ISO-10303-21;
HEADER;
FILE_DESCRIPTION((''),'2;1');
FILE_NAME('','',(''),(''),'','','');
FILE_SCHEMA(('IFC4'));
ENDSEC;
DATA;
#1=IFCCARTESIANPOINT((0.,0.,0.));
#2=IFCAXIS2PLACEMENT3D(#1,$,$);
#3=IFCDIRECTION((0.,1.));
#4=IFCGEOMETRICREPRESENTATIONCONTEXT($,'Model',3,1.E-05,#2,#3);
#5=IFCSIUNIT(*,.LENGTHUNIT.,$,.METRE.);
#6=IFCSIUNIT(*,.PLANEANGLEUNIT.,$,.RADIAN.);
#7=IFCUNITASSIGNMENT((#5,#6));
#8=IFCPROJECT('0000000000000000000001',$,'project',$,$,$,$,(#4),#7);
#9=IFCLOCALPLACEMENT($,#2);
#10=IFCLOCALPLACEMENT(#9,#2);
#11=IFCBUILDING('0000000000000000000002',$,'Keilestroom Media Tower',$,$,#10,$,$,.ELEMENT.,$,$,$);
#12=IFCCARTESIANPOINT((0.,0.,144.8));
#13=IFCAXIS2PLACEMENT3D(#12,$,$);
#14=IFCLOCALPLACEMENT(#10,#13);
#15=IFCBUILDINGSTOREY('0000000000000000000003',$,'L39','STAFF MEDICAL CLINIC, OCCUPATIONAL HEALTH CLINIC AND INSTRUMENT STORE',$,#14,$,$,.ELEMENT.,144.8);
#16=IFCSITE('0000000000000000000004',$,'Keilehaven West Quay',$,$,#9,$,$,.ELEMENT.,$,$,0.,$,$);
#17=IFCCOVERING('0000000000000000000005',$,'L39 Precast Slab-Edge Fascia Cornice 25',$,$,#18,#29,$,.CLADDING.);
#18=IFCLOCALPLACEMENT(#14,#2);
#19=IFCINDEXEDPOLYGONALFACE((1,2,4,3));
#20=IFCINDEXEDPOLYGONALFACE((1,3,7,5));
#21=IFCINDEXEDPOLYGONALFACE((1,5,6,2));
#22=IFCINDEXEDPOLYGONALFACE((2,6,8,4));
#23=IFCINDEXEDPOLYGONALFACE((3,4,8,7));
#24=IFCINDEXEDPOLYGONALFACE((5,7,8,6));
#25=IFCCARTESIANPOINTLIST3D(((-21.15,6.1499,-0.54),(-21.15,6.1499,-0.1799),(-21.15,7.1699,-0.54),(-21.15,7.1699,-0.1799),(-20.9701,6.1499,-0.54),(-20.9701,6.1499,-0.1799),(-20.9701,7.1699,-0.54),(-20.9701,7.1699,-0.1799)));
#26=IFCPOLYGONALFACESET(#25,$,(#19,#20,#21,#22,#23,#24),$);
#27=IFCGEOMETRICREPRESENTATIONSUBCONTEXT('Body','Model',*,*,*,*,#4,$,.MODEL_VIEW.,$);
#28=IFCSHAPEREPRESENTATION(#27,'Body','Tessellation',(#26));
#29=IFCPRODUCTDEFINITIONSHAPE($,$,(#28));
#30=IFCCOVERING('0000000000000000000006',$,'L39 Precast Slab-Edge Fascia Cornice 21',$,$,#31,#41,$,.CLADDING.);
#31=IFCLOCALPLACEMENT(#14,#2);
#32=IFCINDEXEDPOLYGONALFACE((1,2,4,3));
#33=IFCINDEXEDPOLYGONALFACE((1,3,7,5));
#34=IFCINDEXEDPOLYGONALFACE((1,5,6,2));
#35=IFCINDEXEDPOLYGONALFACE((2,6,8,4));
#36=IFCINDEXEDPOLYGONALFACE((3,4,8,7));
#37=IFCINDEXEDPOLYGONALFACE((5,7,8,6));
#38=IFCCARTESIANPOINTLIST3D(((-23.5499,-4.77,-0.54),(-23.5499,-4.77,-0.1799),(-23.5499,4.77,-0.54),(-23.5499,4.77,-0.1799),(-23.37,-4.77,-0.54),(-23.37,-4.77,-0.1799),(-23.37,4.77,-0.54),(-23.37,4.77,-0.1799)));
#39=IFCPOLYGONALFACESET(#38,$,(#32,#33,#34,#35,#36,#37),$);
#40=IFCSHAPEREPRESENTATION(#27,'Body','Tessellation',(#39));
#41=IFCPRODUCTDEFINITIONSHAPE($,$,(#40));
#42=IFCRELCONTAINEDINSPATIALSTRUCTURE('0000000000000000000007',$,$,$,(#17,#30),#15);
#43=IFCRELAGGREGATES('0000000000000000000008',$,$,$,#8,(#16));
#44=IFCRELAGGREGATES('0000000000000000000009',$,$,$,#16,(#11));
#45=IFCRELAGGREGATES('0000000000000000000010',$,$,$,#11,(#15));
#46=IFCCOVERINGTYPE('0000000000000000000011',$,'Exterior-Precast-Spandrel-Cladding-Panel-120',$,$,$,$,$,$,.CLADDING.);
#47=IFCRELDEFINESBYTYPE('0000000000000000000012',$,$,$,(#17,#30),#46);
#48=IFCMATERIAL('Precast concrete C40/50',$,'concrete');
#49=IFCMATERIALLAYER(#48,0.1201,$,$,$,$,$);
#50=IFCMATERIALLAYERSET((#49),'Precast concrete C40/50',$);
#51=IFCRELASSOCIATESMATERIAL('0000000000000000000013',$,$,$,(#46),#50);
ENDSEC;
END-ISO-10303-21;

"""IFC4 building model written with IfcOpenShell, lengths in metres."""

from ifc_helpers import new_model, si_unit, direction, frame, origin, origin_2d, place, context, subcontext, project, spatial, rectangle, extrude, source, transform, mapped, material, layer, layer_set, type_object, element, save


model = new_model("IFC4")

# Units and contexts
model_context = context("Model", 3, precision=1e-05, world=origin(), true_north=direction((0.0, 1.0)))
body_context = subcontext(model_context, "Body", "Model", "MODEL_VIEW")
ifc_project = project(units=[si_unit("LENGTHUNIT", "METRE"), si_unit("PLANEANGLEUNIT", "RADIAN")], contexts=[model_context])

# Site, building, storey
site_placement = place(None, origin())
site = spatial("IfcSite", under=ifc_project, at=site_placement, Name="Keilehaven West Quay", CompositionType="ELEMENT", RefElevation=0.0)
building_placement = place(site_placement, origin())
building = spatial("IfcBuilding", under=site, at=building_placement, Name="Keilestroom Media Tower", CompositionType="ELEMENT")
storey_placement = place(building_placement, frame((0.0, 0.0, 144.8)))
storey = spatial("IfcBuildingStorey", under=building, at=storey_placement, Name="L39", Description="STAFF MEDICAL CLINIC, OCCUPATIONAL HEALTH CLINIC AND INSTRUMENT STORE", CompositionType="ELEMENT", Elevation=144.8)

# Shared definitions
ifc_material_1 = material(Name="Precast concrete C40/50", Category="concrete")

# Coverings
ifc_layer_1 = layer(ifc_material_1, 0.1201)
ifc_layer_set_1 = layer_set([ifc_layer_1], Name="Precast concrete C40/50")
covering_type = type_object("IfcCoveringType", Name="Exterior-Precast-Spandrel-Cladding-Panel-120", PredefinedType="CLADDING", material=ifc_layer_set_1)
shared_shape_1 = source(origin(), body_context, "Body", "SweptSolid", [
    extrude(rectangle(XDim=1.02, YDim=0.1799, at=origin_2d()), origin(), (0.0, 0.0, 1.0), 0.3601),
])
for number, where, z_axis, x_axis, name in (
    (1, (-21.0601, 6.6599, -0.54), (0.0, 0.0, 1.0), (0.0, 1.0, 0.0), "L39 Precast Slab-Edge Fascia Cornice 25"),
):
    element("IfcCovering", number, at=place(storey_placement, frame(where, z_axis=z_axis, x_axis=x_axis)), inside=storey, type_object=covering_type, Name=name, PredefinedType="CLADDING", context=body_context, shape_type="MappedRepresentation", body=[
        mapped(shared_shape_1, transform((0.0, 0.0, 0.0), x_axis=(1.0, 0.0, 0.0), y_axis=(0.0, 1.0, 0.0), z_axis=(0.0, 0.0, 1.0), scale=1.0)),
    ])
shared_shape_2 = source(origin(), body_context, "Body", "SweptSolid", [
    extrude(rectangle(XDim=9.54, YDim=0.1799, at=origin_2d()), origin(), (0.0, 0.0, 1.0), 0.3601),
])
covering_placement = place(storey_placement, frame((-23.46, 0.0, -0.54), z_axis=(0.0, 0.0, 1.0), x_axis=(0.0, 1.0, 0.0)))
element("IfcCovering", 2, at=covering_placement, inside=storey, type_object=covering_type, Name="L39 Precast Slab-Edge Fascia Cornice 21", PredefinedType="CLADDING", context=body_context, shape_type="MappedRepresentation", body=[
    mapped(shared_shape_2, transform((0.0, 0.0, 0.0), x_axis=(1.0, 0.0, 0.0), y_axis=(0.0, 1.0, 0.0), z_axis=(0.0, 0.0, 1.0), scale=1.0)),
])

save(model, "model.ifc")
